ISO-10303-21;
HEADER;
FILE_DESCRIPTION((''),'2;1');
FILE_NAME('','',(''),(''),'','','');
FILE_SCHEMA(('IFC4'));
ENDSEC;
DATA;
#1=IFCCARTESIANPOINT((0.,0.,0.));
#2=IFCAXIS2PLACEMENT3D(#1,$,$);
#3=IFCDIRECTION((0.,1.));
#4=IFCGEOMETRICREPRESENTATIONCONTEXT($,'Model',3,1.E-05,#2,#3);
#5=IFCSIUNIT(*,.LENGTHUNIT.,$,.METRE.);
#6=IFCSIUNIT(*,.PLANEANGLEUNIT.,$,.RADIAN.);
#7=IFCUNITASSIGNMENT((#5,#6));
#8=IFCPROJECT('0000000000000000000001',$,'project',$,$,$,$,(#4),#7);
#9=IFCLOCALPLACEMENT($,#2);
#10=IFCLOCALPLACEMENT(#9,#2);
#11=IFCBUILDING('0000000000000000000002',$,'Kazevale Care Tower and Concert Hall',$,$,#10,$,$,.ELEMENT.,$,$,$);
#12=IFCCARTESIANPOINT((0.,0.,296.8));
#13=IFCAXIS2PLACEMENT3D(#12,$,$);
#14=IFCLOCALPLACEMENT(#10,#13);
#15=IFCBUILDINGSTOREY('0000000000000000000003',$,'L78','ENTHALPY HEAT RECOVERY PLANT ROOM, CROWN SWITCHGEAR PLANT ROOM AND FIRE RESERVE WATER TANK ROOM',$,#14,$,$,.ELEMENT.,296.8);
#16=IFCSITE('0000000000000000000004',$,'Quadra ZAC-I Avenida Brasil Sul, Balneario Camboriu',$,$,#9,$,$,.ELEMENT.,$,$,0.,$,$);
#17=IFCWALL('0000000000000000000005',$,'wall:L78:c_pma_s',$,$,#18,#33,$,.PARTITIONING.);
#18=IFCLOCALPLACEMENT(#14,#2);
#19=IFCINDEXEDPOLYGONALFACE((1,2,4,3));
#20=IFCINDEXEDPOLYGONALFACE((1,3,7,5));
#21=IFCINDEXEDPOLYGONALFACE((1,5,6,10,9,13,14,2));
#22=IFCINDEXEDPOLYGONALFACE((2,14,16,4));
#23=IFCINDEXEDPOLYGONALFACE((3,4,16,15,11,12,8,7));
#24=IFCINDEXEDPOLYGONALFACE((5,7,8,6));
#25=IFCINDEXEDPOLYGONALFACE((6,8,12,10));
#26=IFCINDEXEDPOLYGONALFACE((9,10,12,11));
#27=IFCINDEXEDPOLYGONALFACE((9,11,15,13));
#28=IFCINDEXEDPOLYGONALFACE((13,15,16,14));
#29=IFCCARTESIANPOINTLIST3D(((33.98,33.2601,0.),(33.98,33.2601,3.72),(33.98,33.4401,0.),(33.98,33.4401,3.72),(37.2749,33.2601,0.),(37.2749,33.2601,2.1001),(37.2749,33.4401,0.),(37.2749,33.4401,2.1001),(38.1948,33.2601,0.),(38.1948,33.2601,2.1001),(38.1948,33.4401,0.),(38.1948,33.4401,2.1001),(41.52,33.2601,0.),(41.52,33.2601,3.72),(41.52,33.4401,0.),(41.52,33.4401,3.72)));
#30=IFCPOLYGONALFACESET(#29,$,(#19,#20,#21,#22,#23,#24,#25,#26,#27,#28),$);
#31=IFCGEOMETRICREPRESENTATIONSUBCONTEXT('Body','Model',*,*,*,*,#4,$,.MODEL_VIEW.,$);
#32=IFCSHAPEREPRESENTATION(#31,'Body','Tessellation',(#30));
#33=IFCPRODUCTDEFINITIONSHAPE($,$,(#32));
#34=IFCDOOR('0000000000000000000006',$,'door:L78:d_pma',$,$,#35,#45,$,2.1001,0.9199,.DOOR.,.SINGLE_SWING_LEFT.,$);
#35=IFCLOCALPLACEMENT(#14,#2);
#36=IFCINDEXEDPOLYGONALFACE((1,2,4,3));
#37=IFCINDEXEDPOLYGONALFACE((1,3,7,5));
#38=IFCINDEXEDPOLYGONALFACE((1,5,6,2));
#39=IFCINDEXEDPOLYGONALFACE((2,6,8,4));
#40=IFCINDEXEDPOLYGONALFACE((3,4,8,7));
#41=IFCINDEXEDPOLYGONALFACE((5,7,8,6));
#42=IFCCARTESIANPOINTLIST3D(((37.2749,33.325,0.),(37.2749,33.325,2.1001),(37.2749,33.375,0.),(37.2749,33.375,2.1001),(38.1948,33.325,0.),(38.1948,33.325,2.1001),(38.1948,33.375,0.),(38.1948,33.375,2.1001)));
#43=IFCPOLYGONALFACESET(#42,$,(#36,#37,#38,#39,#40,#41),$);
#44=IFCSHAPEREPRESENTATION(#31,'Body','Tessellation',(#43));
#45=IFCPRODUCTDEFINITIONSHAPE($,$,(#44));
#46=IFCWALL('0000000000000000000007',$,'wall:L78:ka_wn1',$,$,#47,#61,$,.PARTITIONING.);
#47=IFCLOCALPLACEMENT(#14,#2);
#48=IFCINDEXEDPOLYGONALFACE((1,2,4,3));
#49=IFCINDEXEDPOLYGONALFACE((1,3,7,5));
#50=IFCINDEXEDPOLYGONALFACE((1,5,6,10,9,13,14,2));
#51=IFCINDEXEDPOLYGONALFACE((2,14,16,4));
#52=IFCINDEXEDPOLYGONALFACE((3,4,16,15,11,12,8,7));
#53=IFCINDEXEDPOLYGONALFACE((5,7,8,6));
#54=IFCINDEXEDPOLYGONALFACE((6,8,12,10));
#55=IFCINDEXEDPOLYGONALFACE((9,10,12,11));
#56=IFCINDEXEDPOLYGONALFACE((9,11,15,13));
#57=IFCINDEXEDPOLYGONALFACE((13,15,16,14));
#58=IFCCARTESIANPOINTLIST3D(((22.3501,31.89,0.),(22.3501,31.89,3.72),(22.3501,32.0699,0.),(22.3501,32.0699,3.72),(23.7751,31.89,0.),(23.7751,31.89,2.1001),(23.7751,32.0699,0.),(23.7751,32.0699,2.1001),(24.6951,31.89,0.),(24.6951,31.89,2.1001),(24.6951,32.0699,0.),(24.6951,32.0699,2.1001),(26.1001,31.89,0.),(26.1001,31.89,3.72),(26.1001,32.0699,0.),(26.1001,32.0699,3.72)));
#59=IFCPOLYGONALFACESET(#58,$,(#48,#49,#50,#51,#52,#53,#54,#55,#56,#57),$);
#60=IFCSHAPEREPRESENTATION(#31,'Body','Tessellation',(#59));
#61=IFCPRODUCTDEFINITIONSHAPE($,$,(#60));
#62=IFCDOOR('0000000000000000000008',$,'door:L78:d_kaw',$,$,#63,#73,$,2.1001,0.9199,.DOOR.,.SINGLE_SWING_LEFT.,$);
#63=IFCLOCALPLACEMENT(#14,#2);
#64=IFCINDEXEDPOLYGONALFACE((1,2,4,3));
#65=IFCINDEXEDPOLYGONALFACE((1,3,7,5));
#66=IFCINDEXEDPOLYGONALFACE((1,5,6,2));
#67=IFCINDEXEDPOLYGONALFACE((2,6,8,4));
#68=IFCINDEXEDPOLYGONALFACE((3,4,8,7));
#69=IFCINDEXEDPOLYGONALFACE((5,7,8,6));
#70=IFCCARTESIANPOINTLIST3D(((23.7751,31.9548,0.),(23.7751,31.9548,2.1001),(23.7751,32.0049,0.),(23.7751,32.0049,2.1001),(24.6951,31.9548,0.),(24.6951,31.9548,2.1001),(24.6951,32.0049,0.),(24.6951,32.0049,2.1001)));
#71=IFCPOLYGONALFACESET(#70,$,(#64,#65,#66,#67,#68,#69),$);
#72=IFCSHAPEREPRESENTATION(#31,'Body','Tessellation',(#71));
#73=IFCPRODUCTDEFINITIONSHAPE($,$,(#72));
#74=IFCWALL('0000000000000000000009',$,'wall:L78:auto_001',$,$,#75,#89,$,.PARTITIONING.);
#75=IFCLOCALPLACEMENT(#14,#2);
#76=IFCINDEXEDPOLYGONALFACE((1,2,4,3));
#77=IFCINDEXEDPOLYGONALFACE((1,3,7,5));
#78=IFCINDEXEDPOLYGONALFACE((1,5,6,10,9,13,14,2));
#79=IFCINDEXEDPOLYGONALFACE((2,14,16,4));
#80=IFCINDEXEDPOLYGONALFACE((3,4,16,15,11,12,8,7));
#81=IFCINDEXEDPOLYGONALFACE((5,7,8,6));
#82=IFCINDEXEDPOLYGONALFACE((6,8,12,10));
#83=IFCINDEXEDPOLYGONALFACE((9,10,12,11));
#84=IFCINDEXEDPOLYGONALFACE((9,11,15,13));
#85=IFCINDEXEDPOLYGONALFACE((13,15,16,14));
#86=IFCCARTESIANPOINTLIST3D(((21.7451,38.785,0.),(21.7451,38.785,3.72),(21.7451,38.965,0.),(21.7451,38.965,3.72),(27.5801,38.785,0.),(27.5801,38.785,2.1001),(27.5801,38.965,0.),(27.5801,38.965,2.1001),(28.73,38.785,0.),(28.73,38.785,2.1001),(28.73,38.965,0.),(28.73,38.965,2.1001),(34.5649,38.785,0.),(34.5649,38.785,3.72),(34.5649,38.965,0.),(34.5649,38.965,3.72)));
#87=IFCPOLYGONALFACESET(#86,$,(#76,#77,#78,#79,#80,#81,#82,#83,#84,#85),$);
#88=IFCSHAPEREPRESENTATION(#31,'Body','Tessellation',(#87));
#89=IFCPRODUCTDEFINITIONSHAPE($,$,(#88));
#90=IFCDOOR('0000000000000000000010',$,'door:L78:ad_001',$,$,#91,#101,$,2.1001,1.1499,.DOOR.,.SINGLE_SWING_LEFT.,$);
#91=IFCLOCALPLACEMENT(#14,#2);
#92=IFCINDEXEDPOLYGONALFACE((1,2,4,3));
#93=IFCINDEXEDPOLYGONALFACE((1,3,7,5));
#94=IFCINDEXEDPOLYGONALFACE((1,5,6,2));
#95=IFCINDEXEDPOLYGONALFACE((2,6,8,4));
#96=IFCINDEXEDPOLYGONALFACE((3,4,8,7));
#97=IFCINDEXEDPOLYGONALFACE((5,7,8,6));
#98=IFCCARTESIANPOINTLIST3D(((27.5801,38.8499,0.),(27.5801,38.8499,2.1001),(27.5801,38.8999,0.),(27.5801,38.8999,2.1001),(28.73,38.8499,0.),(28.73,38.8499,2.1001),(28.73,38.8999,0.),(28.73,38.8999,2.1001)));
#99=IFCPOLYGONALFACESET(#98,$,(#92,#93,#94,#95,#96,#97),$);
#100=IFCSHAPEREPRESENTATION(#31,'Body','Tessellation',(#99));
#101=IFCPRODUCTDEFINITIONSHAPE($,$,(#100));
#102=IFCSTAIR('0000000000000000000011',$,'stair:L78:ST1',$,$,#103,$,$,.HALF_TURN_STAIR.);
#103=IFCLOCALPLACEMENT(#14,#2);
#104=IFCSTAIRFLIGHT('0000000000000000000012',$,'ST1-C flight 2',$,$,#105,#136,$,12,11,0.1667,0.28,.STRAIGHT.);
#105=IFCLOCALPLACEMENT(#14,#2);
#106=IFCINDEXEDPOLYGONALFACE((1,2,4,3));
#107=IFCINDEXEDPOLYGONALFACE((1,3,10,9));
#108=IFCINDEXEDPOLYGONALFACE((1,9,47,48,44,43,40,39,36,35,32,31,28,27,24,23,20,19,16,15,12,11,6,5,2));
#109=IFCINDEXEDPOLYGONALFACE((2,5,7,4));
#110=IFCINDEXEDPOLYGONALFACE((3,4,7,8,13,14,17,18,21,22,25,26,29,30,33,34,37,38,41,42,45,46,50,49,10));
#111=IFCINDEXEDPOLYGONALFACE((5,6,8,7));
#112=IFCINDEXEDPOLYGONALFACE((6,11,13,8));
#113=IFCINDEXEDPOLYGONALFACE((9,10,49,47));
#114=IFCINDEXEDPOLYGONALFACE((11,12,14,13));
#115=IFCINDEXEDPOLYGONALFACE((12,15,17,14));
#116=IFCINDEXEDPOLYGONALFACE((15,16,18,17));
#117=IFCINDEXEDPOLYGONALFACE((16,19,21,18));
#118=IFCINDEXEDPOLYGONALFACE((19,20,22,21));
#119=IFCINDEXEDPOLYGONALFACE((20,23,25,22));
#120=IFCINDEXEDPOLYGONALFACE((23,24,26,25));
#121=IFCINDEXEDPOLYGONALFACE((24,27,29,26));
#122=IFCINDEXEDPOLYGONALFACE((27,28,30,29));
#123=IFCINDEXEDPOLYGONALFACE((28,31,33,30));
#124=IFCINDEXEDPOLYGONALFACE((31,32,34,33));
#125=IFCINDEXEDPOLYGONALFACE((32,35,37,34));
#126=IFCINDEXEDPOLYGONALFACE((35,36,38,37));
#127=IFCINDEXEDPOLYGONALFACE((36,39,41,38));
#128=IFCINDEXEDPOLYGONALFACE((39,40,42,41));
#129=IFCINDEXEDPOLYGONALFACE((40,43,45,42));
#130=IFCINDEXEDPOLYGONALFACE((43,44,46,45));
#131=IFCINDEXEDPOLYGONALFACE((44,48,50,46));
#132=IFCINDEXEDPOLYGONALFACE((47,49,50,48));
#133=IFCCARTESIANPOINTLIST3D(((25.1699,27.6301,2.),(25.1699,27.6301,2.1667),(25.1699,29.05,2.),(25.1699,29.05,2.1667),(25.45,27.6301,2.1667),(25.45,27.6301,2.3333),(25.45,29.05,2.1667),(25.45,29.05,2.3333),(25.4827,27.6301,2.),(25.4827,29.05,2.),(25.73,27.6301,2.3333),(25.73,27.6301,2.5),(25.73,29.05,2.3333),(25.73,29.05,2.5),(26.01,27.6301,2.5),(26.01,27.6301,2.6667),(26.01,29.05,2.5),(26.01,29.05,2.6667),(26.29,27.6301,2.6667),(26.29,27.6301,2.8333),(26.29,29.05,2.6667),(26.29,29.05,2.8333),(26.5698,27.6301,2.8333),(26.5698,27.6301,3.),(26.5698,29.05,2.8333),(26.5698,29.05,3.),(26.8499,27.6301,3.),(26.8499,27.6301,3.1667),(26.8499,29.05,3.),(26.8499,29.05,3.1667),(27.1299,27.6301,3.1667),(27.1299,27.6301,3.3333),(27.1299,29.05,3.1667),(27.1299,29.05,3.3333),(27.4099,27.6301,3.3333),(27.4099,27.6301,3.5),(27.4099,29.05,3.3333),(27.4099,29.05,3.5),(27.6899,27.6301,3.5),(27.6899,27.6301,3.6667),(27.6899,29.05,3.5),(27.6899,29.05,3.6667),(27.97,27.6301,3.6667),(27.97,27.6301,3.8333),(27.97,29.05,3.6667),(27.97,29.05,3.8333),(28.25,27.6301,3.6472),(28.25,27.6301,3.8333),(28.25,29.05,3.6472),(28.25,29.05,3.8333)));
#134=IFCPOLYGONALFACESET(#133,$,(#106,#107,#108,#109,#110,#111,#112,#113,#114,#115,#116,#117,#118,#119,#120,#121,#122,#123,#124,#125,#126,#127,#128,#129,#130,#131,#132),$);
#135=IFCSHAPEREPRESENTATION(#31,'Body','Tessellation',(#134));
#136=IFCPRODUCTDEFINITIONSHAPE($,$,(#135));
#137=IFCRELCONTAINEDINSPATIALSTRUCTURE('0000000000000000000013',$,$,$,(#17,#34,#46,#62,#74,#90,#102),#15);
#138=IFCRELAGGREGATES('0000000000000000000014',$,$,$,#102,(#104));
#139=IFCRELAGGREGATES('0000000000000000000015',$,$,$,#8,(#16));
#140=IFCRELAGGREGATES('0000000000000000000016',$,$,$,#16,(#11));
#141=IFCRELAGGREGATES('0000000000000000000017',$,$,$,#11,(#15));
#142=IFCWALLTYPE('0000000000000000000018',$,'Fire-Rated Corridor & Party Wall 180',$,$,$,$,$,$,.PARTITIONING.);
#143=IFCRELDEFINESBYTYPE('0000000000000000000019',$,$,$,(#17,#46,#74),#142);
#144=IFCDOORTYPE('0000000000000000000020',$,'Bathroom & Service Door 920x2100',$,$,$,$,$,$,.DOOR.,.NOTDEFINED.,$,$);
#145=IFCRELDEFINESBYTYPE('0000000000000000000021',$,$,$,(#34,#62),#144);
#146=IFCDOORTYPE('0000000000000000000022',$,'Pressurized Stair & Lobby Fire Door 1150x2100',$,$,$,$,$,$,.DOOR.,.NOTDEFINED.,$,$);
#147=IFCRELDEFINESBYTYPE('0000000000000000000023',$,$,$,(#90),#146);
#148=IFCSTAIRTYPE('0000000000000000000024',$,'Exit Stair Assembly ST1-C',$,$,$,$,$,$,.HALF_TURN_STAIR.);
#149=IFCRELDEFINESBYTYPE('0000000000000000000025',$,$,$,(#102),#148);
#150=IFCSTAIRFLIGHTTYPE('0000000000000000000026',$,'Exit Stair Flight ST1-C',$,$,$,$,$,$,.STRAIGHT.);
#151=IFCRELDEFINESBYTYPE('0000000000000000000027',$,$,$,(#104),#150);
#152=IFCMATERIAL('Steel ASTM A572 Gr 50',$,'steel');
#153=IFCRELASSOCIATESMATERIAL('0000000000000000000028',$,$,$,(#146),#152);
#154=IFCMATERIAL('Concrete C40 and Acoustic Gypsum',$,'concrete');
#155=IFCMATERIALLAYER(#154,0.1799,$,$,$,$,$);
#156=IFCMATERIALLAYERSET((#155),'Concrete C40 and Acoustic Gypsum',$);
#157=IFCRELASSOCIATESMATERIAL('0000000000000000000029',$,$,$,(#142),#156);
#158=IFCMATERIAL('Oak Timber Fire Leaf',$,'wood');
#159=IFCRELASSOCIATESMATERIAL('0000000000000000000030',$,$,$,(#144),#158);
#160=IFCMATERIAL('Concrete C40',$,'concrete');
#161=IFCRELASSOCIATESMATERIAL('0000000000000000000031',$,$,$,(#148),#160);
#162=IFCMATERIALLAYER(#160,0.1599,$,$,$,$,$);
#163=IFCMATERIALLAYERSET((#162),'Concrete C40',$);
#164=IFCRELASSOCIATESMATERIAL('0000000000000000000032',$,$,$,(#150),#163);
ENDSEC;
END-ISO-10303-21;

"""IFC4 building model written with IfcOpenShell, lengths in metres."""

from ifc_helpers import new_model, si_unit, direction, frame, frame_2d, origin, place, context, subcontext, project, spatial, polyline, rectangle, outline, extrude, material, layer, layer_set, type_object, element, fill, aggregate, save


model = new_model("IFC4")

# Units and contexts
model_context = context("Model", 3, precision=1e-05, world=origin(), true_north=direction((0.0, 1.0)))
body_context = subcontext(model_context, "Body", "Model", "MODEL_VIEW")
ifc_project = project(units=[si_unit("LENGTHUNIT", "METRE"), si_unit("PLANEANGLEUNIT", "RADIAN")], contexts=[model_context])

# Site, building, storey
site_placement = place(None, origin())
site = spatial("IfcSite", under=ifc_project, at=site_placement, Name="Quadra ZAC-I Avenida Brasil Sul, Balneario Camboriu", CompositionType="ELEMENT", RefElevation=0.0)
building_placement = place(site_placement, origin())
building = spatial("IfcBuilding", under=site, at=building_placement, Name="Kazevale Care Tower and Concert Hall", CompositionType="ELEMENT")
storey_placement = place(building_placement, frame((0.0, 0.0, 296.8)))
storey = spatial("IfcBuildingStorey", under=building, at=storey_placement, Name="L78", Description="ENTHALPY HEAT RECOVERY PLANT ROOM, CROWN SWITCHGEAR PLANT ROOM AND FIRE RESERVE WATER TANK ROOM", CompositionType="ELEMENT", Elevation=296.8)

# Shared definitions
ifc_material_1 = material(Name="Steel ASTM A572 Gr 50", Category="steel")

# Shared definitions
door_type_1 = type_object("IfcDoorType", Name="Pressurized Stair & Lobby Fire Door 1150x2100", OperationType="NOTDEFINED", PredefinedType="DOOR", material=ifc_material_1)

# Shared definitions
ifc_material_2 = material(Name="Concrete C40", Category="concrete")

# Shared definitions
ifc_material_3 = material(Name="Concrete C40 and Acoustic Gypsum", Category="concrete")
ifc_layer_1 = layer(ifc_material_3, 0.1799)
ifc_layer_set_1 = layer_set([ifc_layer_1], Name="Concrete C40 and Acoustic Gypsum")
wall_type_1 = type_object("IfcWallType", Name="Fire-Rated Corridor & Party Wall 180", PredefinedType="PARTITIONING", material=ifc_layer_set_1)
ifc_material_4 = material(Name="Oak Timber Fire Leaf", Category="wood")
door_type_2 = type_object("IfcDoorType", Name="Bathroom & Service Door 920x2100", OperationType="NOTDEFINED", PredefinedType="DOOR", material=ifc_material_4)

# Walls, openings, doors
wall_1_placement = place(storey_placement, frame((33.98, 33.3501, 0.0), z_axis=(0.0, 0.0, 1.0), x_axis=(1.0, 0.0, 0.0)))
wall_1 = element("IfcWall", 1, at=wall_1_placement, inside=storey, type_object=wall_type_1, Name="wall:L78:c_pma_s", PredefinedType="PARTITIONING", context=body_context, shape_type="SweptSolid", body=[
    extrude(rectangle(XDim=7.54, YDim=0.1799, at=frame_2d((3.77, 0.0))), origin(), (0.0, 0.0, 1.0), 3.72),
])
opening_1_placement = place(wall_1_placement, frame((3.2949, 0.0, 0.0)))
opening_1 = element("IfcOpeningElement", 2, at=opening_1_placement, cuts=wall_1, PredefinedType="OPENING", context=body_context, shape_type="SweptSolid", body=[
    extrude(rectangle(XDim=0.9199, YDim=2.1001, at=frame_2d((0.46, 1.05))), frame((0.0, 0.0999, 0.0), z_axis=(0.0, -1.0, 0.0), x_axis=(1.0, 0.0, 0.0)), (0.0, 0.0, 1.0), 0.2),
])
door_1_placement = place(opening_1_placement, origin())
door_1 = element("IfcDoor", 3, at=door_1_placement, inside=storey, type_object=door_type_2, Name="door:L78:d_pma", OperationType="SINGLE_SWING_LEFT", OverallHeight=2.1001, OverallWidth=0.9199, PredefinedType="DOOR", context=body_context, shape_type="SweptSolid", body=[
    extrude(rectangle(XDim=0.9199, YDim=2.1001, at=frame_2d((0.46, 1.05))), frame((0.0, 0.0249, 0.0), z_axis=(0.0, -1.0, 0.0), x_axis=(1.0, 0.0, 0.0)), (0.0, 0.0, 1.0), 0.05),
])
fill(opening_1, door_1)
wall_2_placement = place(storey_placement, frame((22.3501, 31.98, 0.0), z_axis=(0.0, 0.0, 1.0), x_axis=(1.0, 0.0, 0.0)))
wall_2 = element("IfcWall", 4, at=wall_2_placement, inside=storey, type_object=wall_type_1, Name="wall:L78:ka_wn1", PredefinedType="PARTITIONING", context=body_context, shape_type="SweptSolid", body=[
    extrude(rectangle(XDim=3.75, YDim=0.1799, at=frame_2d((1.875, 0.0))), origin(), (0.0, 0.0, 1.0), 3.72),
])
opening_2_placement = place(wall_2_placement, frame((1.425, 0.0, 0.0)))
opening_2 = element("IfcOpeningElement", 5, at=opening_2_placement, cuts=wall_2, PredefinedType="OPENING", context=body_context, shape_type="SweptSolid", body=[
    extrude(rectangle(XDim=0.9199, YDim=2.1001, at=frame_2d((0.46, 1.05))), frame((0.0, 0.0999, 0.0), z_axis=(0.0, -1.0, 0.0), x_axis=(1.0, 0.0, 0.0)), (0.0, 0.0, 1.0), 0.2),
])
door_2_placement = place(opening_2_placement, origin())
door_2 = element("IfcDoor", 6, at=door_2_placement, inside=storey, type_object=door_type_2, Name="door:L78:d_kaw", OperationType="SINGLE_SWING_LEFT", OverallHeight=2.1001, OverallWidth=0.9199, PredefinedType="DOOR", context=body_context, shape_type="SweptSolid", body=[
    extrude(rectangle(XDim=0.9199, YDim=2.1001, at=frame_2d((0.46, 1.05))), frame((0.0, 0.0249, 0.0), z_axis=(0.0, -1.0, 0.0), x_axis=(1.0, 0.0, 0.0)), (0.0, 0.0, 1.0), 0.05),
])
fill(opening_2, door_2)
wall_3_placement = place(storey_placement, frame((21.7451, 38.875, 0.0), z_axis=(0.0, 0.0, 1.0), x_axis=(1.0, 0.0, 0.0)))
wall_3 = element("IfcWall", 7, at=wall_3_placement, inside=storey, type_object=wall_type_1, Name="wall:L78:auto_001", PredefinedType="PARTITIONING", context=body_context, shape_type="SweptSolid", body=[
    extrude(rectangle(XDim=12.8198, YDim=0.1799, at=frame_2d((6.4099, 0.0))), origin(), (0.0, 0.0, 1.0), 3.72),
])
opening_3_placement = place(wall_3_placement, frame((5.835, 0.0, 0.0)))
opening_3 = element("IfcOpeningElement", 8, at=opening_3_placement, cuts=wall_3, PredefinedType="OPENING", context=body_context, shape_type="SweptSolid", body=[
    extrude(rectangle(XDim=1.1499, YDim=2.1001, at=frame_2d((0.575, 1.05))), frame((0.0, 0.0999, 0.0), z_axis=(0.0, -1.0, 0.0), x_axis=(1.0, 0.0, 0.0)), (0.0, 0.0, 1.0), 0.2),
])
door_3_placement = place(opening_3_placement, origin())
door_3 = element("IfcDoor", 9, at=door_3_placement, inside=storey, type_object=door_type_1, Name="door:L78:ad_001", OperationType="SINGLE_SWING_LEFT", OverallHeight=2.1001, OverallWidth=1.1499, PredefinedType="DOOR", context=body_context, shape_type="SweptSolid", body=[
    extrude(rectangle(XDim=1.1499, YDim=2.1001, at=frame_2d((0.575, 1.05))), frame((0.0, 0.0249, 0.0), z_axis=(0.0, -1.0, 0.0), x_axis=(1.0, 0.0, 0.0)), (0.0, 0.0, 1.0), 0.05),
])
fill(opening_3, door_3)

# Stair, stair flight
stair_type = type_object("IfcStairType", Name="Exit Stair Assembly ST1-C", PredefinedType="HALF_TURN_STAIR", material=ifc_material_2)
stair_placement = place(storey_placement, origin())
stair = element("IfcStair", 10, at=stair_placement, inside=storey, type_object=stair_type, Name="stair:L78:ST1", PredefinedType="HALF_TURN_STAIR")
ifc_layer_2 = layer(ifc_material_2, 0.1599)
ifc_layer_set_2 = layer_set([ifc_layer_2], Name="Concrete C40")
stair_flight_type = type_object("IfcStairFlightType", Name="Exit Stair Flight ST1-C", PredefinedType="STRAIGHT", material=ifc_layer_set_2)
stair_flight_placement = place(storey_placement, frame((25.1699, 28.3401, 2.0), z_axis=(0.0, 0.0, 1.0), x_axis=(1.0, 0.0, 0.0)))
stair_flight = element("IfcStairFlight", 11, at=stair_flight_placement, type_object=stair_flight_type, Name="ST1-C flight 2", NumberOfRisers=12, NumberOfTreads=11, PredefinedType="STRAIGHT", RiserHeight=0.1667, TreadLength=0.28, context=body_context, shape_type="SweptSolid", body=[
    extrude(outline(polyline([(0.0, 0.0), (0.0, 0.1667), (0.28, 0.1667), (0.28, 0.3333), (0.5601, 0.3333), (0.5601, 0.5), (0.8401, 0.5), (0.8401, 0.6667), (1.1201, 0.6667), (1.1201, 0.8333), (1.3999, 0.8333), (1.3999, 1.0), (1.6799, 1.0), (1.6799, 1.1667), (1.96, 1.1667), (1.96, 1.3333), (2.24, 1.3333), (2.24, 1.5), (2.52, 1.5), (2.52, 1.6667), (2.8, 1.6667), (2.8, 1.8333), (3.0801, 1.8333), (3.0801, 2.0), (3.0801, 1.6472), (0.3127, 0.0), (0.0, 0.0)])), frame((0.0, 0.71, 0.0), z_axis=(0.0, -1.0, 0.0), x_axis=(1.0, 0.0, 0.0)), (0.0, 0.0, 1.0), 1.4199),
])
aggregate(stair, [stair_flight])

save(model, "model.ifc")
